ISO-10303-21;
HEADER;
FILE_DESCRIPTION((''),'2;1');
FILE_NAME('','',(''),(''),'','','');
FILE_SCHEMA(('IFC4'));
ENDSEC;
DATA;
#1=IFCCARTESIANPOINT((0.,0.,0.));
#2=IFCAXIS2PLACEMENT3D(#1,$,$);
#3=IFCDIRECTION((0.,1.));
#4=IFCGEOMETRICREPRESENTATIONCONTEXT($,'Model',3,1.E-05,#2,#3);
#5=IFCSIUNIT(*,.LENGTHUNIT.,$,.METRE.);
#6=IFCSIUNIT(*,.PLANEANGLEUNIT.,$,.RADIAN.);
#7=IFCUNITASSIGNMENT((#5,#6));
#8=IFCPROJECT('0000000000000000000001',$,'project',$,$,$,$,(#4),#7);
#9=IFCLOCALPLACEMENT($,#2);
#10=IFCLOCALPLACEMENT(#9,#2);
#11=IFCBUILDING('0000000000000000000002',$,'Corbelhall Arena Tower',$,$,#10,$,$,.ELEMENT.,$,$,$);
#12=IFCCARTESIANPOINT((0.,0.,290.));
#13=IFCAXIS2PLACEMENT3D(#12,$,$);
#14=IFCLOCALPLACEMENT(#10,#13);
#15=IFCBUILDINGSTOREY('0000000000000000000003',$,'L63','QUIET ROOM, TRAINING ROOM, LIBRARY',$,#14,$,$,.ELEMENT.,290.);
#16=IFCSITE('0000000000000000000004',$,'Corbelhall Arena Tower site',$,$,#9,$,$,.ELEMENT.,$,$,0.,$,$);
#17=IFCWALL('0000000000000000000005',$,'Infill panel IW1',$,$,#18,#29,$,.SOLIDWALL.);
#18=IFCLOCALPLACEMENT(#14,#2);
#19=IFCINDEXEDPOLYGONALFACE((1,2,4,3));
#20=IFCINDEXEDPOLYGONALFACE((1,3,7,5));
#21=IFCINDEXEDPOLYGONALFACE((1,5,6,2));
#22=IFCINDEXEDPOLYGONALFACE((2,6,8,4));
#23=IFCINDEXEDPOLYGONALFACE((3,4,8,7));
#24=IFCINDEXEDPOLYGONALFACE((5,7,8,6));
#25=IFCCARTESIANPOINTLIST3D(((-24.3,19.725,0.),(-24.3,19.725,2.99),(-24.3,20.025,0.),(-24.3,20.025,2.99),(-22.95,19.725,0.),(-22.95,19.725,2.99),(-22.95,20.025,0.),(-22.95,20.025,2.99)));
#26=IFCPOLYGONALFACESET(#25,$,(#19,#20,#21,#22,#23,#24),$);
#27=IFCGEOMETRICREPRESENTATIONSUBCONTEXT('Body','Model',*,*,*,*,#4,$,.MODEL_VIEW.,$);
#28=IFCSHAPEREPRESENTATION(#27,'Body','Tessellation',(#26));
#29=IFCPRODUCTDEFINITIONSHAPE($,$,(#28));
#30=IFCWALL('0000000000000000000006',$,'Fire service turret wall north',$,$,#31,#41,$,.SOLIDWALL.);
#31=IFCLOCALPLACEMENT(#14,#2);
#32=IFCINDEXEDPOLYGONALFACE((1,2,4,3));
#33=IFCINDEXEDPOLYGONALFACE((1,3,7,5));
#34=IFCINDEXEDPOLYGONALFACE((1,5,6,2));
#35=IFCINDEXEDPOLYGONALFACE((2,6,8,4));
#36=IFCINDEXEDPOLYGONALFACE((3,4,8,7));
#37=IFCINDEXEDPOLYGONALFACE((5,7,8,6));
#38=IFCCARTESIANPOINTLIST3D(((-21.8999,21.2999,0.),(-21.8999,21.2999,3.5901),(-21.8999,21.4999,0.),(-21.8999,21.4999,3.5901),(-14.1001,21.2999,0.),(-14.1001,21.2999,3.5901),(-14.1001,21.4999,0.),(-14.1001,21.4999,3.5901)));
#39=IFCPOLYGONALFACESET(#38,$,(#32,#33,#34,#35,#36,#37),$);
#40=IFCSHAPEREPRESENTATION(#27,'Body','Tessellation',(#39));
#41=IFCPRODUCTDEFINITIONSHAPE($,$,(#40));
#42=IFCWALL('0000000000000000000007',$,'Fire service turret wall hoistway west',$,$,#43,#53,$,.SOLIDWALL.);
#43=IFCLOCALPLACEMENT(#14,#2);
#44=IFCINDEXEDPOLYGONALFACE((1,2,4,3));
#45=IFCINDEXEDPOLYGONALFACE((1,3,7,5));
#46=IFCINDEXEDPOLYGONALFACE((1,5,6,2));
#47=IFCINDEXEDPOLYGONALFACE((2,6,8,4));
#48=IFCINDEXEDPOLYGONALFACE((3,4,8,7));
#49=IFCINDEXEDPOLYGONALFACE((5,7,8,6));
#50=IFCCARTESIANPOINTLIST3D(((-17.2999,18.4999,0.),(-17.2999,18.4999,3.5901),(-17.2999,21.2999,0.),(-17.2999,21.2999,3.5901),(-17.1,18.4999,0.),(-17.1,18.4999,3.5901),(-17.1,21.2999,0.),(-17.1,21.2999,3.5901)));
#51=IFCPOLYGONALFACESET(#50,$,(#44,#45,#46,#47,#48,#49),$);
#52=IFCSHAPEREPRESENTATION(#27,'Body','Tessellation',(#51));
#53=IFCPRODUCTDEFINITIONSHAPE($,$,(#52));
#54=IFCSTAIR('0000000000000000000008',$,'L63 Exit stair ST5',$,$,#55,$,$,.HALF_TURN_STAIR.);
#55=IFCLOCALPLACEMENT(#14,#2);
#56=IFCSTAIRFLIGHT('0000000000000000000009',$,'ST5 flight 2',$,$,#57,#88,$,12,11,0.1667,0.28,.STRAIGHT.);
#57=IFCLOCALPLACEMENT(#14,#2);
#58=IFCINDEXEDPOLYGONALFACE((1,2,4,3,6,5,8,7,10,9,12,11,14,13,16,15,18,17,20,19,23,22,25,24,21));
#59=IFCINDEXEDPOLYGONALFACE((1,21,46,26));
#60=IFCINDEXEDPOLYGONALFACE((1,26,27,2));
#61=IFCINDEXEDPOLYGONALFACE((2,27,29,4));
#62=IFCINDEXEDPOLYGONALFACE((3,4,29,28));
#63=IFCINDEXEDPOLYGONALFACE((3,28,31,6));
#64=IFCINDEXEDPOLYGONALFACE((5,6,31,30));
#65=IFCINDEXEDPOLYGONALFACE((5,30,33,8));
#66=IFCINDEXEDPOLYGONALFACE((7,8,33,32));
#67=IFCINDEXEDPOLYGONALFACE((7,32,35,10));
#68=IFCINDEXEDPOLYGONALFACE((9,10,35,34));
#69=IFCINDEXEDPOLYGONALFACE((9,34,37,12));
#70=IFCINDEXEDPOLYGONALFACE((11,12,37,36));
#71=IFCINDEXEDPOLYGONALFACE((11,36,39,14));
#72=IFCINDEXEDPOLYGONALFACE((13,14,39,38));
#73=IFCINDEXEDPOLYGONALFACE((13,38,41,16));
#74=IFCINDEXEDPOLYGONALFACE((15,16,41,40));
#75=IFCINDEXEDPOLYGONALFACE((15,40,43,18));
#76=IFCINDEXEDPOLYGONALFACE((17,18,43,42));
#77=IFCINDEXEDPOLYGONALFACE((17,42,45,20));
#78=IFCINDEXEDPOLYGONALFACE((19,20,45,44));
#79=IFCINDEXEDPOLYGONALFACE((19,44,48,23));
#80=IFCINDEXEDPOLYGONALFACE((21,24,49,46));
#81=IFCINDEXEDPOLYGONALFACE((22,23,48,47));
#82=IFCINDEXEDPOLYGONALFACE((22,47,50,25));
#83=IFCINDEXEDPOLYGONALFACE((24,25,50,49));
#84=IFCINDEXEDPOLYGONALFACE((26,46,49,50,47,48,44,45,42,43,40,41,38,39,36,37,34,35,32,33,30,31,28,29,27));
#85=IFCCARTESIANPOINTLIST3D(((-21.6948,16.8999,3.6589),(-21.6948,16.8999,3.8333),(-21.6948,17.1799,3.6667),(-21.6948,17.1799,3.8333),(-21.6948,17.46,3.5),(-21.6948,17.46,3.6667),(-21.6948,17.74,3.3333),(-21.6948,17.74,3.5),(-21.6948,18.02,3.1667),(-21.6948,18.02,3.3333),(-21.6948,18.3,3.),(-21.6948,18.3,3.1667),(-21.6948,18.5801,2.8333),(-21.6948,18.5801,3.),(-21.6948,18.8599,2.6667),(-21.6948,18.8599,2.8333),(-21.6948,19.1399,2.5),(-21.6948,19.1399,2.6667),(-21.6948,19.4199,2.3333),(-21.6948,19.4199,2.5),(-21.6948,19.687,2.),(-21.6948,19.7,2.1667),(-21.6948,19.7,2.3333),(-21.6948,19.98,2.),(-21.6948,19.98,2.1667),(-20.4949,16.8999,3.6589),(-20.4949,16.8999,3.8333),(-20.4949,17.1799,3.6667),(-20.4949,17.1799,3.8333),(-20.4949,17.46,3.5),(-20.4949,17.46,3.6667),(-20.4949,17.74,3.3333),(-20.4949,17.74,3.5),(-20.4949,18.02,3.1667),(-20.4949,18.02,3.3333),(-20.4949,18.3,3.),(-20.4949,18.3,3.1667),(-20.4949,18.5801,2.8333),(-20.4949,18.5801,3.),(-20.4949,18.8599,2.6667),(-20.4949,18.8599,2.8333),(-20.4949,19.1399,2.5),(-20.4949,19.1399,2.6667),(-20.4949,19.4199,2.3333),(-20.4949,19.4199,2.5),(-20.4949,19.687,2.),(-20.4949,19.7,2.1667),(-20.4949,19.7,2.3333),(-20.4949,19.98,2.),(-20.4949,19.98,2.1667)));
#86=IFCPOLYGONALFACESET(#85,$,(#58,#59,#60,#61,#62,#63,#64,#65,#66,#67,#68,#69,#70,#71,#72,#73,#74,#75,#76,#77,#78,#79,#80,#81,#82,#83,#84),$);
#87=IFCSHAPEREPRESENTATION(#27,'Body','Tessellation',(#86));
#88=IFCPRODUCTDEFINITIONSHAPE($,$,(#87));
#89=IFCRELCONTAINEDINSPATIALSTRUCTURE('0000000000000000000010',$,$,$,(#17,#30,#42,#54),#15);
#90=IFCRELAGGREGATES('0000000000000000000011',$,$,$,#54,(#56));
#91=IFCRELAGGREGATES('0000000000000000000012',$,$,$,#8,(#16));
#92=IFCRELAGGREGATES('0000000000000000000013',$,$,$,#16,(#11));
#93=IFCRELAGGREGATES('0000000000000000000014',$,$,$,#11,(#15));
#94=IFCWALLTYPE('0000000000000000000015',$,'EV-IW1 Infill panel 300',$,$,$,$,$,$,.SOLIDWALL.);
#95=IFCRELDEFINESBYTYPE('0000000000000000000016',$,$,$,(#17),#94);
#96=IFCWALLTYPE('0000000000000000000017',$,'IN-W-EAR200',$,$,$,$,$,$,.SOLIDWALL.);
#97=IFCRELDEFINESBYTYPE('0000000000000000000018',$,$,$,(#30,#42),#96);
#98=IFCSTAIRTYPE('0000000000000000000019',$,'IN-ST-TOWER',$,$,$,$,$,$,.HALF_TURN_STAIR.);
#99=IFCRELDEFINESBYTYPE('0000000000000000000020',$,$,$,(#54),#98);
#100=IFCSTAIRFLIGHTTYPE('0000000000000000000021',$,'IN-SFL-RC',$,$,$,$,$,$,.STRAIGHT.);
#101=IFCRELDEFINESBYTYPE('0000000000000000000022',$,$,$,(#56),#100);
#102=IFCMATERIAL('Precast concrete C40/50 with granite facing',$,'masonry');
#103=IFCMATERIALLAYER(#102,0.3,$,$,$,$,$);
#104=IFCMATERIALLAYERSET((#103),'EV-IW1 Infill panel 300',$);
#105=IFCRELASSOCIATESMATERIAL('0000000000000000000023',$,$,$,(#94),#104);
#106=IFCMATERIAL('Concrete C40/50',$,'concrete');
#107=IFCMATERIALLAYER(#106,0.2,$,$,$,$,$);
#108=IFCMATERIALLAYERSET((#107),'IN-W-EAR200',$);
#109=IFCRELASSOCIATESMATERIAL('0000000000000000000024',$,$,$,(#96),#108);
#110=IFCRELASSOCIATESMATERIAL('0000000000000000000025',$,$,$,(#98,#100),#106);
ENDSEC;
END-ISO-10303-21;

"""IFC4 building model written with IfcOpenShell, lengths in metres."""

from ifc_helpers import new_model, si_unit, direction, frame, frame_2d, origin, place, context, subcontext, project, spatial, polyline, rectangle, outline, extrude, material, layer, layer_set, type_object, element, aggregate, save


model = new_model("IFC4")

# Units and contexts
model_context = context("Model", 3, precision=1e-05, world=origin(), true_north=direction((0.0, 1.0)))
body_context = subcontext(model_context, "Body", "Model", "MODEL_VIEW")
ifc_project = project(units=[si_unit("LENGTHUNIT", "METRE"), si_unit("PLANEANGLEUNIT", "RADIAN")], contexts=[model_context])

# Site, building, storey
site_placement = place(None, origin())
site = spatial("IfcSite", under=ifc_project, at=site_placement, Name="Corbelhall Arena Tower site", CompositionType="ELEMENT", RefElevation=0.0)
building_placement = place(site_placement, origin())
building = spatial("IfcBuilding", under=site, at=building_placement, Name="Corbelhall Arena Tower", CompositionType="ELEMENT")
storey_placement = place(building_placement, frame((0.0, 0.0, 290.0)))
storey = spatial("IfcBuildingStorey", under=building, at=storey_placement, Name="L63", Description="QUIET ROOM, TRAINING ROOM, LIBRARY", CompositionType="ELEMENT", Elevation=290.0)

# Shared definitions
ifc_material_1 = material(Name="Precast concrete C40/50 with granite facing", Category="masonry")
ifc_layer_1 = layer(ifc_material_1, 0.3)
ifc_layer_set_1 = layer_set([ifc_layer_1], Name="EV-IW1 Infill panel 300")
wall_type_1 = type_object("IfcWallType", Name="EV-IW1 Infill panel 300", PredefinedType="SOLIDWALL", material=ifc_layer_set_1)

# Walls
wall_1_placement = place(storey_placement, frame((-22.95, 19.875, 0.0), z_axis=(0.0, 0.0, 1.0), x_axis=(-1.0, 0.0, 0.0)))
element("IfcWall", 1, at=wall_1_placement, inside=storey, type_object=wall_type_1, Name="Infill panel IW1", PredefinedType="SOLIDWALL", context=body_context, shape_type="SweptSolid", body=[
    extrude(rectangle(XDim=1.3501, YDim=0.3, at=frame_2d((0.675, 0.0))), origin(), (0.0, 0.0, 1.0), 2.99),
])
ifc_material_2 = material(Name="Concrete C40/50", Category="concrete")
ifc_layer_2 = layer(ifc_material_2, 0.2)
ifc_layer_set_2 = layer_set([ifc_layer_2], Name="IN-W-EAR200")
wall_type_2 = type_object("IfcWallType", Name="IN-W-EAR200", PredefinedType="SOLIDWALL", material=ifc_layer_set_2)
wall_2_placement = place(storey_placement, frame((-21.8999, 21.3999, 0.0), z_axis=(0.0, 0.0, 1.0), x_axis=(1.0, 0.0, 0.0)))
element("IfcWall", 2, at=wall_2_placement, inside=storey, type_object=wall_type_2, Name="Fire service turret wall north", PredefinedType="SOLIDWALL", context=body_context, shape_type="SweptSolid", body=[
    extrude(rectangle(XDim=7.7998, YDim=0.2, at=frame_2d((3.8999, 0.0))), origin(), (0.0, 0.0, 1.0), 3.5901),
])
wall_3_placement = place(storey_placement, frame((-17.2, 18.5, 0.0), z_axis=(0.0, 0.0, 1.0), x_axis=(0.0, 1.0, 0.0)))
element("IfcWall", 3, at=wall_3_placement, inside=storey, type_object=wall_type_2, Name="Fire service turret wall hoistway west", PredefinedType="SOLIDWALL", context=body_context, shape_type="SweptSolid", body=[
    extrude(rectangle(XDim=2.8, YDim=0.2, at=frame_2d((1.3999, 0.0))), origin(), (0.0, 0.0, 1.0), 3.5901),
])

# Stair, stair flight
stair_type = type_object("IfcStairType", Name="IN-ST-TOWER", PredefinedType="HALF_TURN_STAIR", material=ifc_material_2)
stair_placement = place(storey_placement, origin())
stair = element("IfcStair", 4, at=stair_placement, inside=storey, type_object=stair_type, Name="L63 Exit stair ST5", PredefinedType="HALF_TURN_STAIR")
stair_flight_type = type_object("IfcStairFlightType", Name="IN-SFL-RC", PredefinedType="STRAIGHT", material=ifc_material_2)
stair_flight_placement = place(storey_placement, frame((-21.095, 19.98, 2.0), z_axis=(0.0, 0.0, 1.0), x_axis=(0.0, -1.0, 0.0)))
stair_flight = element("IfcStairFlight", 5, at=stair_flight_placement, type_object=stair_flight_type, Name="ST5 flight 2", NumberOfRisers=12, NumberOfTreads=11, PredefinedType="STRAIGHT", RiserHeight=0.1667, TreadLength=0.28, context=body_context, shape_type="SweptSolid", body=[
    extrude(outline(polyline([(0.0, 0.0), (0.0, 0.1667), (0.28, 0.1667), (0.28, 0.3333), (0.5601, 0.3333), (0.5601, 0.5), (0.8401, 0.5), (0.8401, 0.6667), (1.1201, 0.6667), (1.1201, 0.8333), (1.3999, 0.8333), (1.3999, 1.0), (1.6799, 1.0), (1.6799, 1.1667), (1.96, 1.1667), (1.96, 1.3333), (2.24, 1.3333), (2.24, 1.5), (2.52, 1.5), (2.52, 1.6667), (2.8, 1.6667), (2.8, 1.8333), (3.0801, 1.8333), (3.0801, 2.0), (3.0801, 1.6589), (0.293, 0.0), (0.0, 0.0)])), frame((0.0, 0.6001, 0.0), z_axis=(0.0, -1.0, 0.0), x_axis=(1.0, 0.0, 0.0)), (0.0, 0.0, 1.0), 1.2),
])
aggregate(stair, [stair_flight])

save(model, "model.ifc")
